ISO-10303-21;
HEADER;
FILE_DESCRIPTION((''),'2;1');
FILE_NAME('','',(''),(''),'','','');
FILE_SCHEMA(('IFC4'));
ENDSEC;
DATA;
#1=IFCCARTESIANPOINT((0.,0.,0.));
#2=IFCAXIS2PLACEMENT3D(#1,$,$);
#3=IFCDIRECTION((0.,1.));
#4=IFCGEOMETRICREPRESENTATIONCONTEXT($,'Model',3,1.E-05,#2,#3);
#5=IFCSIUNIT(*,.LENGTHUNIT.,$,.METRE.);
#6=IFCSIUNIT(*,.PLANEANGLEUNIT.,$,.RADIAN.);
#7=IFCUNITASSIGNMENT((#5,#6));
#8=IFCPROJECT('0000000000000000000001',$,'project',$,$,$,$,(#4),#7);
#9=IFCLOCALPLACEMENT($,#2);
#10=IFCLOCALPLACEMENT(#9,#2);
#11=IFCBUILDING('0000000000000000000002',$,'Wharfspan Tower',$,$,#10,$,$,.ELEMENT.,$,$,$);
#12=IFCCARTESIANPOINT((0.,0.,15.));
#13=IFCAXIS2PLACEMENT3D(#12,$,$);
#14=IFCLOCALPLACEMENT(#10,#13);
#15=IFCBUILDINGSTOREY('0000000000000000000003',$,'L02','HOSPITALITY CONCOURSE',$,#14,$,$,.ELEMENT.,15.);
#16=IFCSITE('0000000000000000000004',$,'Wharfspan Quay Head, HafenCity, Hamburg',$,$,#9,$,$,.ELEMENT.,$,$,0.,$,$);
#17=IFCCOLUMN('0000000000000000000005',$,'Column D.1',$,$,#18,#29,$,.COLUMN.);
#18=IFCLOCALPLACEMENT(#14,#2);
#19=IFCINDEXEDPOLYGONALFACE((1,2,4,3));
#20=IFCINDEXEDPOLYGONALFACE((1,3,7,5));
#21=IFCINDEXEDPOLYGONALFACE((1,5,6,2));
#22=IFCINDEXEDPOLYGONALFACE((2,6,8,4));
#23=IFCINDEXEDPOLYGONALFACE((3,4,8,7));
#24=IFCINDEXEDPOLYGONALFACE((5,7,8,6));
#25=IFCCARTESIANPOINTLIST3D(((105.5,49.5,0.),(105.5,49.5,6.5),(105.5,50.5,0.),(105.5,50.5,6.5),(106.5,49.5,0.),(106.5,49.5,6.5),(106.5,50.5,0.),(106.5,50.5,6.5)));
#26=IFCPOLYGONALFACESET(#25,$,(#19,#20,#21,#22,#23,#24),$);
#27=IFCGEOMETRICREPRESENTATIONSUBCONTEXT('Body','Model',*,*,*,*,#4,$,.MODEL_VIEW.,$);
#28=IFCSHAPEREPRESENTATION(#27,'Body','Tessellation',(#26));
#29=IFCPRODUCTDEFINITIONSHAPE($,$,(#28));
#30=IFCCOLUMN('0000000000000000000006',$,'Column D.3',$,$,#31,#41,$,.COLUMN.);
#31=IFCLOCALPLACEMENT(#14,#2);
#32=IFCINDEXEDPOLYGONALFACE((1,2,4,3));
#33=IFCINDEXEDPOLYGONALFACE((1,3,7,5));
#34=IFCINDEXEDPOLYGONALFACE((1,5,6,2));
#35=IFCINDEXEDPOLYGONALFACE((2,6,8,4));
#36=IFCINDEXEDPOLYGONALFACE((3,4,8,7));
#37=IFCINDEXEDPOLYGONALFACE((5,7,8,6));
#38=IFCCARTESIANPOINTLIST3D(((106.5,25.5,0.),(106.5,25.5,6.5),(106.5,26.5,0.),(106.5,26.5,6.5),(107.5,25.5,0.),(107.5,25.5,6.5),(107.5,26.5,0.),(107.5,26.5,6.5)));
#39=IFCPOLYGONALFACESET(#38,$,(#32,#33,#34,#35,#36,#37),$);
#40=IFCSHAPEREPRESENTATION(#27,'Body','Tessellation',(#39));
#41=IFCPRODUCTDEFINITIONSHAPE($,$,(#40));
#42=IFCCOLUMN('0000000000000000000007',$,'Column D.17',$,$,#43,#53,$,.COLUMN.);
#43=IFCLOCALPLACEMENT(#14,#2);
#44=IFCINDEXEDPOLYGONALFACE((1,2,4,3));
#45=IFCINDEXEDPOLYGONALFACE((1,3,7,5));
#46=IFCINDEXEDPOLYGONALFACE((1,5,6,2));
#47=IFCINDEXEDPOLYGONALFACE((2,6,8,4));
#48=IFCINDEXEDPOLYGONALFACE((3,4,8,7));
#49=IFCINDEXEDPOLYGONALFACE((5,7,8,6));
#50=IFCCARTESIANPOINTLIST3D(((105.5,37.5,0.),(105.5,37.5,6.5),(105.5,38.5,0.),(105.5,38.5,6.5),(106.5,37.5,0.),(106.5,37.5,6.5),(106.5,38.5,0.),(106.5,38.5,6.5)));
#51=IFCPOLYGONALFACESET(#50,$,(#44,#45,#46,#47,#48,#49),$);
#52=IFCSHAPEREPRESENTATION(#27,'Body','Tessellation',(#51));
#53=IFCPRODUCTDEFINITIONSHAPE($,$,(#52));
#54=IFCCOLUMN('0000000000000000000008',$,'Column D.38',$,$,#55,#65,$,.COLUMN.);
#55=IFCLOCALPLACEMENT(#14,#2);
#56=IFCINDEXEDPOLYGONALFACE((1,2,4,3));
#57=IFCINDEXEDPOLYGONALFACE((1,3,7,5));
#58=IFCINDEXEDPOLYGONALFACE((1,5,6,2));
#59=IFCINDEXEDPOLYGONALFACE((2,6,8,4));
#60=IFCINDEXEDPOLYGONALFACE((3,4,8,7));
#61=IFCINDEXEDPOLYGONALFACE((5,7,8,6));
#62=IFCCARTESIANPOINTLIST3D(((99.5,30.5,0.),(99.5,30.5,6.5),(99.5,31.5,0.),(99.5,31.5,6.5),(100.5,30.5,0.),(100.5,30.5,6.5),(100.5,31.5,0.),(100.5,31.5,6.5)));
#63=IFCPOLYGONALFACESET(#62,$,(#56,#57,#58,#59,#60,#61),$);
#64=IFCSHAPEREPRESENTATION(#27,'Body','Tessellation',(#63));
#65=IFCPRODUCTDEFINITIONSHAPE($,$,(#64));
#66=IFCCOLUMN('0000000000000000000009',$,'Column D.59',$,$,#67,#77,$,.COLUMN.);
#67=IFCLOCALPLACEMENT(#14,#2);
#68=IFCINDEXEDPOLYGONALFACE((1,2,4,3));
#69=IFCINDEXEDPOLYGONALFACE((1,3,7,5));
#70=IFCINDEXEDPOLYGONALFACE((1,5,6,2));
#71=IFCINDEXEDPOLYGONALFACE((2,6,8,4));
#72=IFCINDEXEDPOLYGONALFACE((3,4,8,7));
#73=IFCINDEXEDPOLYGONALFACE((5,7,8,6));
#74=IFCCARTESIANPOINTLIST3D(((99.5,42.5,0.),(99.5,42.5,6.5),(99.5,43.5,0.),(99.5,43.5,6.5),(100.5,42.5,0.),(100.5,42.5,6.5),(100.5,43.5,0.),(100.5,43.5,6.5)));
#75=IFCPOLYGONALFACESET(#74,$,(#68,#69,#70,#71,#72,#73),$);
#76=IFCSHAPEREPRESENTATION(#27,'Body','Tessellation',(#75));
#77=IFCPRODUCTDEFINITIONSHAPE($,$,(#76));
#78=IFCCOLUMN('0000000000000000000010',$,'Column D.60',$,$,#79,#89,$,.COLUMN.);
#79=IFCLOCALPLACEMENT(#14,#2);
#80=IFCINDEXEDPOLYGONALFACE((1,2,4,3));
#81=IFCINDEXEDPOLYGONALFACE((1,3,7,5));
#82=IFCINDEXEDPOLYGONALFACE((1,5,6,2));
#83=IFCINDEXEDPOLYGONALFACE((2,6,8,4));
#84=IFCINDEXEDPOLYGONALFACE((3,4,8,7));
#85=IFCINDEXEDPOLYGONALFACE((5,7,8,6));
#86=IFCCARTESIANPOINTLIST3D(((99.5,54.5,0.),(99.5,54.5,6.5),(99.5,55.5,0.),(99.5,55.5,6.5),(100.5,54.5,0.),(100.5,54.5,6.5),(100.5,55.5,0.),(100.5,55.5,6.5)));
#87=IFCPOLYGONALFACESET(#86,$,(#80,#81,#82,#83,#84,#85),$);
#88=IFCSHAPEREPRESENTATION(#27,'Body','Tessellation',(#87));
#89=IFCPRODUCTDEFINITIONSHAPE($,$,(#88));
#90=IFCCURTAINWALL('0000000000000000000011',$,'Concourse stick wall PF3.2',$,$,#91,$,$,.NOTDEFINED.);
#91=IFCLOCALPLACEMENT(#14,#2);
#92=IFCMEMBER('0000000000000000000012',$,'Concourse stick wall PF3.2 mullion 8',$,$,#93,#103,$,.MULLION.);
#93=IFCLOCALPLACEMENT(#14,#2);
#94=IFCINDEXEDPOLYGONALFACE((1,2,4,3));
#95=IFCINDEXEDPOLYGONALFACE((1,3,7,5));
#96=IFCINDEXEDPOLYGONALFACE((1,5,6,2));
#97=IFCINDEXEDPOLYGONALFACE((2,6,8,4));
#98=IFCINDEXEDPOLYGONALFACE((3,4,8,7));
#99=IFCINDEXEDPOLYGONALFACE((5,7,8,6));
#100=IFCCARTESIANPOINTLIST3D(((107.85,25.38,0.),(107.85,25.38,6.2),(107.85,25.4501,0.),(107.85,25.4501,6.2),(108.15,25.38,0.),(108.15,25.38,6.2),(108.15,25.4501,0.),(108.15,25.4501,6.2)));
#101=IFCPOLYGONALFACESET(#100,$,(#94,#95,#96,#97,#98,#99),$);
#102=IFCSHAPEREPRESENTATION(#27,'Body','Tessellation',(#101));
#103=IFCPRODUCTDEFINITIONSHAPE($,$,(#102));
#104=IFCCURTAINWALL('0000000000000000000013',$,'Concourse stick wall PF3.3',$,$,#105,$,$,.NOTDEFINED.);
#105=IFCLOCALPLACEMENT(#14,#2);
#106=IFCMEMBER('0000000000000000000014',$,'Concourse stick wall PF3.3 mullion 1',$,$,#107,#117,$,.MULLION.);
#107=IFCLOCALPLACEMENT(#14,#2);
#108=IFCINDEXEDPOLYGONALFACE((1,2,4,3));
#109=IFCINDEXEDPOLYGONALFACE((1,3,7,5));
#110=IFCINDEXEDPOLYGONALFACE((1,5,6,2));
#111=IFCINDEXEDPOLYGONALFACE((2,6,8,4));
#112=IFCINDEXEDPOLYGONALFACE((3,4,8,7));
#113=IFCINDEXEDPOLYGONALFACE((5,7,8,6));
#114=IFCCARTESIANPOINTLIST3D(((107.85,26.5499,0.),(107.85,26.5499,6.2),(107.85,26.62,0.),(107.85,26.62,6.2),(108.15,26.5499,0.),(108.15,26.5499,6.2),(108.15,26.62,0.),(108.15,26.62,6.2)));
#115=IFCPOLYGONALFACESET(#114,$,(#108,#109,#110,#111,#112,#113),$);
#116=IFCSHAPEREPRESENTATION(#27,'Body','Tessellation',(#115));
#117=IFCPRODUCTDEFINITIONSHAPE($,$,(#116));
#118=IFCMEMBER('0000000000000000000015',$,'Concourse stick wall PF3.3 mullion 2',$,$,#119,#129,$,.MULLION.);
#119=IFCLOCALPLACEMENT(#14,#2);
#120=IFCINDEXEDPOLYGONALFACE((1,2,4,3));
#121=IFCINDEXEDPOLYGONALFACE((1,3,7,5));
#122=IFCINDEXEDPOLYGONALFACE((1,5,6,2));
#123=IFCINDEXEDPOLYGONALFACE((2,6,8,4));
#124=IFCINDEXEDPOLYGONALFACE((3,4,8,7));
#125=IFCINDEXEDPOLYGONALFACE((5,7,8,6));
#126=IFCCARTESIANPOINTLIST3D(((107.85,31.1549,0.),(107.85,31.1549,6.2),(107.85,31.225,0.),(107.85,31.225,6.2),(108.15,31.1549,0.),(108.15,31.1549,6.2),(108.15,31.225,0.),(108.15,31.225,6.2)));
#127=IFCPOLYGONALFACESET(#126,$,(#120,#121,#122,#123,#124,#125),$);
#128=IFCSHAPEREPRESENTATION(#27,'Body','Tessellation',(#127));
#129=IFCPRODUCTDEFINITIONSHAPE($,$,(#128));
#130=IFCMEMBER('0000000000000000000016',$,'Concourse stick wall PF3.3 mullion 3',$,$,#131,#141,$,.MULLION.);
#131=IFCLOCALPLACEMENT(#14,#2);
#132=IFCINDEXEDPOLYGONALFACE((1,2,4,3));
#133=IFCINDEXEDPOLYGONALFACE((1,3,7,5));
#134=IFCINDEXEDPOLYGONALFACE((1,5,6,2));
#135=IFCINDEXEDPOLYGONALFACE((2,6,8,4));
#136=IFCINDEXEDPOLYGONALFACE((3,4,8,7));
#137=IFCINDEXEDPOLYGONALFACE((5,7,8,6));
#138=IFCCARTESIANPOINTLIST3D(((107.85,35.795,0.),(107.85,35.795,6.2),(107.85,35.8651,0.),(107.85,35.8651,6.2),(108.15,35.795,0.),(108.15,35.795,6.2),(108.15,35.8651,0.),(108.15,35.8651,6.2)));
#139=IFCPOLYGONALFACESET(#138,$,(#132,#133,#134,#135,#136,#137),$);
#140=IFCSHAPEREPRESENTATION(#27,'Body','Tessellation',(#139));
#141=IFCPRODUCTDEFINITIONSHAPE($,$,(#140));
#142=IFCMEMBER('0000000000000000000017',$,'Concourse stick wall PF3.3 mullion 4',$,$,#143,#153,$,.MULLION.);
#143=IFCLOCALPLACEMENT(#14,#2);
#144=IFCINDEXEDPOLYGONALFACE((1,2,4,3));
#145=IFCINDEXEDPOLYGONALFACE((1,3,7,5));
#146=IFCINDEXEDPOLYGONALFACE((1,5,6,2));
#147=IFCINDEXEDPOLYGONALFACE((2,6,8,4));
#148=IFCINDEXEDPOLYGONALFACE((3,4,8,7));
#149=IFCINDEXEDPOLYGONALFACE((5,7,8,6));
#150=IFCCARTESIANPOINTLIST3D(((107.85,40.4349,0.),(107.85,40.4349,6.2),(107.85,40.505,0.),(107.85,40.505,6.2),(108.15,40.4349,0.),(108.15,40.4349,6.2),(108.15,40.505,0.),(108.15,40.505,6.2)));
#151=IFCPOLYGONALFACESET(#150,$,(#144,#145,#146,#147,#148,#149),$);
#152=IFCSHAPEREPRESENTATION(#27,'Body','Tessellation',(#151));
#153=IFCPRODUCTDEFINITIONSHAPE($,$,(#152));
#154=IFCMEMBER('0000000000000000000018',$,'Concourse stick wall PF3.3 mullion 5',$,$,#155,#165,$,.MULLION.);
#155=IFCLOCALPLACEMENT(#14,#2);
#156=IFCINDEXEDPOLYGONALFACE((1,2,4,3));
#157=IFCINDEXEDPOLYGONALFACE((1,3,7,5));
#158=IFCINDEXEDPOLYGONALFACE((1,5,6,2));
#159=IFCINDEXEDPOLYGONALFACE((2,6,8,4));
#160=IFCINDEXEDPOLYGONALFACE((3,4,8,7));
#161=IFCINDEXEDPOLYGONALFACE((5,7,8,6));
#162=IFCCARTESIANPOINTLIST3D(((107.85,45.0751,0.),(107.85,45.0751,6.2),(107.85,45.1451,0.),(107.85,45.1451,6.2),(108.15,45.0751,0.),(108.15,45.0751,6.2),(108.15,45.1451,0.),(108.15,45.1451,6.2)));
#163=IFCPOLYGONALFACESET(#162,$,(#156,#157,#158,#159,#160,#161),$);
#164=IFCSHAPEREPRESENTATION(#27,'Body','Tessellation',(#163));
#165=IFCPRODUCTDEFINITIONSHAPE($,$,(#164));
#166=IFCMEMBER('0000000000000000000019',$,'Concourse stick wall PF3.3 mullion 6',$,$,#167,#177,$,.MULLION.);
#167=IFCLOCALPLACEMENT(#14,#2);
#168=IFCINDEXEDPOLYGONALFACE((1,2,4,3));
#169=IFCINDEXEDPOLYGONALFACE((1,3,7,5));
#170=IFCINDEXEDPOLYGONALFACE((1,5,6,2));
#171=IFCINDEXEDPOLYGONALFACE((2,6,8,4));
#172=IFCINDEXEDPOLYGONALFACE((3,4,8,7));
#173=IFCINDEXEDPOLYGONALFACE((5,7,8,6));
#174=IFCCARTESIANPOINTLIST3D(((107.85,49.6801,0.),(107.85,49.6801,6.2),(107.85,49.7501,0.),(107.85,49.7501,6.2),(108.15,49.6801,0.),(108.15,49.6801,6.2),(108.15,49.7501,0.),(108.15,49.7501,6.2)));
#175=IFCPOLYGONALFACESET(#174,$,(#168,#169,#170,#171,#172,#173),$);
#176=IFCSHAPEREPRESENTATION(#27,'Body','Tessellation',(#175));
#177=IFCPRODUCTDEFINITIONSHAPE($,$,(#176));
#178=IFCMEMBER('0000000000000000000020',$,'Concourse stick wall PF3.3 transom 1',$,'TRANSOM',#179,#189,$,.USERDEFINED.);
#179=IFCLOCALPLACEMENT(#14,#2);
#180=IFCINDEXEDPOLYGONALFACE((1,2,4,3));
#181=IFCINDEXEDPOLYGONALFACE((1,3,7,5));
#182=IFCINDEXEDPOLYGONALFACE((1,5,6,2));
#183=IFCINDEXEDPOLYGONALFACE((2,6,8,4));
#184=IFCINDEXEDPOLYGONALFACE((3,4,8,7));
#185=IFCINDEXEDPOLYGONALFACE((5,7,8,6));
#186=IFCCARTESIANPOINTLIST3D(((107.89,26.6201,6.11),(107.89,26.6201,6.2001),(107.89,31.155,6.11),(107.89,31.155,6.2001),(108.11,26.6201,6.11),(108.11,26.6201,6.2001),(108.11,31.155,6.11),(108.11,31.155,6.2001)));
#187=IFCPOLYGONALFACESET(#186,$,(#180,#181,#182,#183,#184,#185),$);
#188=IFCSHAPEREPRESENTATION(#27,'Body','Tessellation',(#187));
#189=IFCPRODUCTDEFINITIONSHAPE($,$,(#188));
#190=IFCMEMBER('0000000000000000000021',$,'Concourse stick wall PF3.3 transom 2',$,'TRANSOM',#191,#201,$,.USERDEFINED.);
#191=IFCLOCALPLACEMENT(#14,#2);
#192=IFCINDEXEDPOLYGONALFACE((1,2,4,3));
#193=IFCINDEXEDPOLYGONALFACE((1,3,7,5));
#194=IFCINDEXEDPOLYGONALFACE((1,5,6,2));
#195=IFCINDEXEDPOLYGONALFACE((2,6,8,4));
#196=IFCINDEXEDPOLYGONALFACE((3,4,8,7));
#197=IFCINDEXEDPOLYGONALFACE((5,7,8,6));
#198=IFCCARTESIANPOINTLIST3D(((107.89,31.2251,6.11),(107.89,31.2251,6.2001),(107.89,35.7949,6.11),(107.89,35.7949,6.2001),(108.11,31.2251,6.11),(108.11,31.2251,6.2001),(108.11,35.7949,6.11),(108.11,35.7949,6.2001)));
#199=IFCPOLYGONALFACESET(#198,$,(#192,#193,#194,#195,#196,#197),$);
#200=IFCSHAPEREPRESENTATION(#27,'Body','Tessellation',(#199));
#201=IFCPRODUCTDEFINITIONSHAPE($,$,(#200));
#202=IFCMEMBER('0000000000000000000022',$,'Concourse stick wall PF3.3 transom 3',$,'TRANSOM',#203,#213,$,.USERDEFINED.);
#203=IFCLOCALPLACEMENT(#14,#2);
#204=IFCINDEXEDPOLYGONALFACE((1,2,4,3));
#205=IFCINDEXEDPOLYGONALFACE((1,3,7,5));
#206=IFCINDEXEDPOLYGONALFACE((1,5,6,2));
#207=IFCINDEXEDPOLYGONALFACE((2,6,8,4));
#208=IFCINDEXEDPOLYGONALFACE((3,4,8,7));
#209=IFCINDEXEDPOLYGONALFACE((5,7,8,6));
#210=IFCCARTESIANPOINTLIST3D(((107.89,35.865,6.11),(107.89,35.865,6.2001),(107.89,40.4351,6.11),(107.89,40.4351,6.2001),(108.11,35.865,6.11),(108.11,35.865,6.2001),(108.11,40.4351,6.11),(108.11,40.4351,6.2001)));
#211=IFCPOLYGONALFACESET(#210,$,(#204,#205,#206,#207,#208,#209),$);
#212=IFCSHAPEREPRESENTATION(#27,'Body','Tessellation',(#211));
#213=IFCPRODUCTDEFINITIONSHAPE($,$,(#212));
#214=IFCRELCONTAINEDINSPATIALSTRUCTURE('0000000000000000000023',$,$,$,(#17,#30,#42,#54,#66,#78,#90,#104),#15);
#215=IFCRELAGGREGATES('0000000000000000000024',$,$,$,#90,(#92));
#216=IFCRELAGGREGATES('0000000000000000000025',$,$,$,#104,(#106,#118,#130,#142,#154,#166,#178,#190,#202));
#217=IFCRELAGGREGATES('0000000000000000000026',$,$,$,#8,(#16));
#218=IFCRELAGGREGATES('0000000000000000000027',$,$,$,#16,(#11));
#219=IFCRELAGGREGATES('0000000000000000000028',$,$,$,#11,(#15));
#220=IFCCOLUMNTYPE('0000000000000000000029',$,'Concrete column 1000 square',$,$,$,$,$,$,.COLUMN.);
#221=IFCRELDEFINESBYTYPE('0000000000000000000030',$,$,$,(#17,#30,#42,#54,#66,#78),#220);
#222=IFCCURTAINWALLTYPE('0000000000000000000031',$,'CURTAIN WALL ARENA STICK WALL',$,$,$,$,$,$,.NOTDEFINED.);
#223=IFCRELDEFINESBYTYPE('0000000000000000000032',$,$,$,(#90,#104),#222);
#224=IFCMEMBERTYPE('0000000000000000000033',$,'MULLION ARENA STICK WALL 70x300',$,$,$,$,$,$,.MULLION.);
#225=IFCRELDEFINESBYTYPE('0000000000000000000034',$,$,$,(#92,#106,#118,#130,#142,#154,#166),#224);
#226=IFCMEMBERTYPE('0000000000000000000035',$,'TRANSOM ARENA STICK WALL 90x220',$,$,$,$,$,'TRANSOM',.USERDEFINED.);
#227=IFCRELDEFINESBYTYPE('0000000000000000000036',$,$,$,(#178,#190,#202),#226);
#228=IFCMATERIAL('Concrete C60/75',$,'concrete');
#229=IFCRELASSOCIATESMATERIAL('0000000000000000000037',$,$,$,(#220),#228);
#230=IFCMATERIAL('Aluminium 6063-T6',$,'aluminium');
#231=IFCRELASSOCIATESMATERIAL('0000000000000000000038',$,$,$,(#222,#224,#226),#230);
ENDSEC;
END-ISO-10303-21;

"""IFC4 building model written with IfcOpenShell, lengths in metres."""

from ifc_helpers import new_model, si_unit, direction, frame, origin, origin_2d, place, context, subcontext, project, spatial, rectangle, extrude, material, material_profile, profile_set, type_object, element, aggregate, save


model = new_model("IFC4")

# Units and contexts
model_context = context("Model", 3, precision=1e-05, world=origin(), true_north=direction((0.0, 1.0)))
body_context = subcontext(model_context, "Body", "Model", "MODEL_VIEW")
ifc_project = project(units=[si_unit("LENGTHUNIT", "METRE"), si_unit("PLANEANGLEUNIT", "RADIAN")], contexts=[model_context])

# Site, building, storey
site_placement = place(None, origin())
site = spatial("IfcSite", under=ifc_project, at=site_placement, Name="Wharfspan Quay Head, HafenCity, Hamburg", CompositionType="ELEMENT", RefElevation=0.0)
building_placement = place(site_placement, origin())
building = spatial("IfcBuilding", under=site, at=building_placement, Name="Wharfspan Tower", CompositionType="ELEMENT")
storey_placement = place(building_placement, frame((0.0, 0.0, 15.0)))
storey = spatial("IfcBuildingStorey", under=building, at=storey_placement, Name="L02", Description="HOSPITALITY CONCOURSE", CompositionType="ELEMENT", Elevation=15.0)

# Columns
ifc_material_1 = material(Name="Concrete C60/75", Category="concrete")
ifc_material_profile_1 = material_profile(ifc_material_1, rectangle(XDim=1.0, YDim=1.0, at=origin_2d()))
ifc_profile_set_1 = profile_set([ifc_material_profile_1], Name="Concrete C60/75")
column_type = type_object("IfcColumnType", Name="Concrete column 1000 square", PredefinedType="COLUMN", material=ifc_profile_set_1)
for number, where, z_axis, x_axis, name in (
    (1, (106.0, 50.0, 0.0), (0.0, 0.0, 1.0), (1.0, 0.0, 0.0), "Column D.1"),
    (2, (107.0, 26.0, 0.0), (0.0, 0.0, 1.0), (1.0, 0.0, 0.0), "Column D.3"),
    (3, (106.0, 38.0, 0.0), (0.0, 0.0, 1.0), (1.0, 0.0, 0.0), "Column D.17"),
    (4, (100.0, 31.0, 0.0), (0.0, 0.0, 1.0), (1.0, 0.0, 0.0), "Column D.38"),
    (5, (100.0, 43.0, 0.0), (0.0, 0.0, 1.0), (1.0, 0.0, 0.0), "Column D.59"),
    (6, (100.0, 55.0, 0.0), (0.0, 0.0, 1.0), (1.0, 0.0, 0.0), "Column D.60"),
):
    element("IfcColumn", number, at=place(storey_placement, frame(where, z_axis=z_axis, x_axis=x_axis)), inside=storey, type_object=column_type, Name=name, PredefinedType="COLUMN", context=body_context, shape_type="SweptSolid", body=[
        extrude(rectangle(XDim=1.0, YDim=1.0, at=origin_2d()), origin(), (0.0, 0.0, 1.0), 6.5),
    ])

# Curtain wall, member
ifc_material_2 = material(Name="Aluminium 6063-T6", Category="aluminium")
curtain_wall_type = type_object("IfcCurtainWallType", Name="CURTAIN WALL ARENA STICK WALL", PredefinedType="NOTDEFINED", material=ifc_material_2)
curtain_wall_1_placement = place(storey_placement, origin())
curtain_wall_1 = element("IfcCurtainWall", 7, at=curtain_wall_1_placement, inside=storey, type_object=curtain_wall_type, Name="Concourse stick wall PF3.2", PredefinedType="NOTDEFINED")
ifc_material_profile_2 = material_profile(ifc_material_2, rectangle(XDim=0.3, YDim=0.0701, at=origin_2d()))
ifc_profile_set_2 = profile_set([ifc_material_profile_2], Name="Aluminium 6063-T6")
member_type_1 = type_object("IfcMemberType", Name="MULLION ARENA STICK WALL 70x300", PredefinedType="MULLION", material=ifc_profile_set_2)
member_1_placement = place(storey_placement, frame((108.0, 25.415, 0.0), z_axis=(0.0, 0.0, 1.0), x_axis=(-1.0, 0.0, 0.0)))
member_1 = element("IfcMember", 8, at=member_1_placement, type_object=member_type_1, Name="Concourse stick wall PF3.2 mullion 8", PredefinedType="MULLION", context=body_context, shape_type="SweptSolid", body=[
    extrude(rectangle(XDim=0.3, YDim=0.0701, at=origin_2d()), origin(), (0.0, 0.0, 1.0), 6.2),
])

# Curtain wall, members
curtain_wall_2_placement = place(storey_placement, origin())
curtain_wall_2 = element("IfcCurtainWall", 9, at=curtain_wall_2_placement, inside=storey, type_object=curtain_wall_type, Name="Concourse stick wall PF3.3", PredefinedType="NOTDEFINED")
member_2_placement = place(storey_placement, frame((108.0, 26.585, 0.0), z_axis=(0.0, 0.0, 1.0), x_axis=(-1.0, 0.0, 0.0)))
member_2 = element("IfcMember", 10, at=member_2_placement, type_object=member_type_1, Name="Concourse stick wall PF3.3 mullion 1", PredefinedType="MULLION", context=body_context, shape_type="SweptSolid", body=[
    extrude(rectangle(XDim=0.3, YDim=0.0701, at=origin_2d()), origin(), (0.0, 0.0, 1.0), 6.2),
])
member_3_placement = place(storey_placement, frame((108.0, 31.1899, 0.0), z_axis=(0.0, 0.0, 1.0), x_axis=(-1.0, 0.0, 0.0)))
member_3 = element("IfcMember", 11, at=member_3_placement, type_object=member_type_1, Name="Concourse stick wall PF3.3 mullion 2", PredefinedType="MULLION", context=body_context, shape_type="SweptSolid", body=[
    extrude(rectangle(XDim=0.3, YDim=0.0701, at=origin_2d()), origin(), (0.0, 0.0, 1.0), 6.2),
])
member_4_placement = place(storey_placement, frame((108.0, 35.8301, 0.0), z_axis=(0.0, 0.0, 1.0), x_axis=(-1.0, 0.0, 0.0)))
member_4 = element("IfcMember", 12, at=member_4_placement, type_object=member_type_1, Name="Concourse stick wall PF3.3 mullion 3", PredefinedType="MULLION", context=body_context, shape_type="SweptSolid", body=[
    extrude(rectangle(XDim=0.3, YDim=0.0701, at=origin_2d()), origin(), (0.0, 0.0, 1.0), 6.2),
])
member_5_placement = place(storey_placement, frame((108.0, 40.47, 0.0), z_axis=(0.0, 0.0, 1.0), x_axis=(-1.0, 0.0, 0.0)))
member_5 = element("IfcMember", 13, at=member_5_placement, type_object=member_type_1, Name="Concourse stick wall PF3.3 mullion 4", PredefinedType="MULLION", context=body_context, shape_type="SweptSolid", body=[
    extrude(rectangle(XDim=0.3, YDim=0.0701, at=origin_2d()), origin(), (0.0, 0.0, 1.0), 6.2),
])
member_6_placement = place(storey_placement, frame((108.0, 45.1101, 0.0), z_axis=(0.0, 0.0, 1.0), x_axis=(-1.0, 0.0, 0.0)))
member_6 = element("IfcMember", 14, at=member_6_placement, type_object=member_type_1, Name="Concourse stick wall PF3.3 mullion 5", PredefinedType="MULLION", context=body_context, shape_type="SweptSolid", body=[
    extrude(rectangle(XDim=0.3, YDim=0.0701, at=origin_2d()), origin(), (0.0, 0.0, 1.0), 6.2),
])
member_7_placement = place(storey_placement, frame((108.0, 49.7151, 0.0), z_axis=(0.0, 0.0, 1.0), x_axis=(-1.0, 0.0, 0.0)))
member_7 = element("IfcMember", 15, at=member_7_placement, type_object=member_type_1, Name="Concourse stick wall PF3.3 mullion 6", PredefinedType="MULLION", context=body_context, shape_type="SweptSolid", body=[
    extrude(rectangle(XDim=0.3, YDim=0.0701, at=origin_2d()), origin(), (0.0, 0.0, 1.0), 6.2),
])
ifc_material_profile_3 = material_profile(ifc_material_2, rectangle(XDim=0.22, YDim=0.0901, at=origin_2d()))
ifc_profile_set_3 = profile_set([ifc_material_profile_3], Name="Aluminium 6063-T6")
member_type_2 = type_object("IfcMemberType", Name="TRANSOM ARENA STICK WALL 90x220", ElementType="TRANSOM", PredefinedType="USERDEFINED", material=ifc_profile_set_3)
member_8_placement = place(storey_placement, frame((108.0, 26.6201, 6.155), z_axis=(0.0, 1.0, 0.0), x_axis=(-1.0, 0.0, 0.0)))
member_8 = element("IfcMember", 16, at=member_8_placement, type_object=member_type_2, Name="Concourse stick wall PF3.3 transom 1", ObjectType="TRANSOM", PredefinedType="USERDEFINED", context=body_context, shape_type="SweptSolid", body=[
    extrude(rectangle(XDim=0.22, YDim=0.0901, at=origin_2d()), origin(), (0.0, 0.0, 1.0), 4.5349),
])
member_9_placement = place(storey_placement, frame((108.0, 31.2251, 6.155), z_axis=(0.0, 1.0, 0.0), x_axis=(-1.0, 0.0, 0.0)))
member_9 = element("IfcMember", 17, at=member_9_placement, type_object=member_type_2, Name="Concourse stick wall PF3.3 transom 2", ObjectType="TRANSOM", PredefinedType="USERDEFINED", context=body_context, shape_type="SweptSolid", body=[
    extrude(rectangle(XDim=0.22, YDim=0.0901, at=origin_2d()), origin(), (0.0, 0.0, 1.0), 4.5698),
])
member_10_placement = place(storey_placement, frame((108.0, 35.865, 6.155), z_axis=(0.0, 1.0, 0.0), x_axis=(-1.0, 0.0, 0.0)))
member_10 = element("IfcMember", 18, at=member_10_placement, type_object=member_type_2, Name="Concourse stick wall PF3.3 transom 3", ObjectType="TRANSOM", PredefinedType="USERDEFINED", context=body_context, shape_type="SweptSolid", body=[
    extrude(rectangle(XDim=0.22, YDim=0.0901, at=origin_2d()), origin(), (0.0, 0.0, 1.0), 4.5701),
])

aggregate(curtain_wall_1, [member_1])
aggregate(curtain_wall_2, [member_2, member_3, member_4, member_5, member_6, member_7, member_8, member_9, member_10])

save(model, "model.ifc")
